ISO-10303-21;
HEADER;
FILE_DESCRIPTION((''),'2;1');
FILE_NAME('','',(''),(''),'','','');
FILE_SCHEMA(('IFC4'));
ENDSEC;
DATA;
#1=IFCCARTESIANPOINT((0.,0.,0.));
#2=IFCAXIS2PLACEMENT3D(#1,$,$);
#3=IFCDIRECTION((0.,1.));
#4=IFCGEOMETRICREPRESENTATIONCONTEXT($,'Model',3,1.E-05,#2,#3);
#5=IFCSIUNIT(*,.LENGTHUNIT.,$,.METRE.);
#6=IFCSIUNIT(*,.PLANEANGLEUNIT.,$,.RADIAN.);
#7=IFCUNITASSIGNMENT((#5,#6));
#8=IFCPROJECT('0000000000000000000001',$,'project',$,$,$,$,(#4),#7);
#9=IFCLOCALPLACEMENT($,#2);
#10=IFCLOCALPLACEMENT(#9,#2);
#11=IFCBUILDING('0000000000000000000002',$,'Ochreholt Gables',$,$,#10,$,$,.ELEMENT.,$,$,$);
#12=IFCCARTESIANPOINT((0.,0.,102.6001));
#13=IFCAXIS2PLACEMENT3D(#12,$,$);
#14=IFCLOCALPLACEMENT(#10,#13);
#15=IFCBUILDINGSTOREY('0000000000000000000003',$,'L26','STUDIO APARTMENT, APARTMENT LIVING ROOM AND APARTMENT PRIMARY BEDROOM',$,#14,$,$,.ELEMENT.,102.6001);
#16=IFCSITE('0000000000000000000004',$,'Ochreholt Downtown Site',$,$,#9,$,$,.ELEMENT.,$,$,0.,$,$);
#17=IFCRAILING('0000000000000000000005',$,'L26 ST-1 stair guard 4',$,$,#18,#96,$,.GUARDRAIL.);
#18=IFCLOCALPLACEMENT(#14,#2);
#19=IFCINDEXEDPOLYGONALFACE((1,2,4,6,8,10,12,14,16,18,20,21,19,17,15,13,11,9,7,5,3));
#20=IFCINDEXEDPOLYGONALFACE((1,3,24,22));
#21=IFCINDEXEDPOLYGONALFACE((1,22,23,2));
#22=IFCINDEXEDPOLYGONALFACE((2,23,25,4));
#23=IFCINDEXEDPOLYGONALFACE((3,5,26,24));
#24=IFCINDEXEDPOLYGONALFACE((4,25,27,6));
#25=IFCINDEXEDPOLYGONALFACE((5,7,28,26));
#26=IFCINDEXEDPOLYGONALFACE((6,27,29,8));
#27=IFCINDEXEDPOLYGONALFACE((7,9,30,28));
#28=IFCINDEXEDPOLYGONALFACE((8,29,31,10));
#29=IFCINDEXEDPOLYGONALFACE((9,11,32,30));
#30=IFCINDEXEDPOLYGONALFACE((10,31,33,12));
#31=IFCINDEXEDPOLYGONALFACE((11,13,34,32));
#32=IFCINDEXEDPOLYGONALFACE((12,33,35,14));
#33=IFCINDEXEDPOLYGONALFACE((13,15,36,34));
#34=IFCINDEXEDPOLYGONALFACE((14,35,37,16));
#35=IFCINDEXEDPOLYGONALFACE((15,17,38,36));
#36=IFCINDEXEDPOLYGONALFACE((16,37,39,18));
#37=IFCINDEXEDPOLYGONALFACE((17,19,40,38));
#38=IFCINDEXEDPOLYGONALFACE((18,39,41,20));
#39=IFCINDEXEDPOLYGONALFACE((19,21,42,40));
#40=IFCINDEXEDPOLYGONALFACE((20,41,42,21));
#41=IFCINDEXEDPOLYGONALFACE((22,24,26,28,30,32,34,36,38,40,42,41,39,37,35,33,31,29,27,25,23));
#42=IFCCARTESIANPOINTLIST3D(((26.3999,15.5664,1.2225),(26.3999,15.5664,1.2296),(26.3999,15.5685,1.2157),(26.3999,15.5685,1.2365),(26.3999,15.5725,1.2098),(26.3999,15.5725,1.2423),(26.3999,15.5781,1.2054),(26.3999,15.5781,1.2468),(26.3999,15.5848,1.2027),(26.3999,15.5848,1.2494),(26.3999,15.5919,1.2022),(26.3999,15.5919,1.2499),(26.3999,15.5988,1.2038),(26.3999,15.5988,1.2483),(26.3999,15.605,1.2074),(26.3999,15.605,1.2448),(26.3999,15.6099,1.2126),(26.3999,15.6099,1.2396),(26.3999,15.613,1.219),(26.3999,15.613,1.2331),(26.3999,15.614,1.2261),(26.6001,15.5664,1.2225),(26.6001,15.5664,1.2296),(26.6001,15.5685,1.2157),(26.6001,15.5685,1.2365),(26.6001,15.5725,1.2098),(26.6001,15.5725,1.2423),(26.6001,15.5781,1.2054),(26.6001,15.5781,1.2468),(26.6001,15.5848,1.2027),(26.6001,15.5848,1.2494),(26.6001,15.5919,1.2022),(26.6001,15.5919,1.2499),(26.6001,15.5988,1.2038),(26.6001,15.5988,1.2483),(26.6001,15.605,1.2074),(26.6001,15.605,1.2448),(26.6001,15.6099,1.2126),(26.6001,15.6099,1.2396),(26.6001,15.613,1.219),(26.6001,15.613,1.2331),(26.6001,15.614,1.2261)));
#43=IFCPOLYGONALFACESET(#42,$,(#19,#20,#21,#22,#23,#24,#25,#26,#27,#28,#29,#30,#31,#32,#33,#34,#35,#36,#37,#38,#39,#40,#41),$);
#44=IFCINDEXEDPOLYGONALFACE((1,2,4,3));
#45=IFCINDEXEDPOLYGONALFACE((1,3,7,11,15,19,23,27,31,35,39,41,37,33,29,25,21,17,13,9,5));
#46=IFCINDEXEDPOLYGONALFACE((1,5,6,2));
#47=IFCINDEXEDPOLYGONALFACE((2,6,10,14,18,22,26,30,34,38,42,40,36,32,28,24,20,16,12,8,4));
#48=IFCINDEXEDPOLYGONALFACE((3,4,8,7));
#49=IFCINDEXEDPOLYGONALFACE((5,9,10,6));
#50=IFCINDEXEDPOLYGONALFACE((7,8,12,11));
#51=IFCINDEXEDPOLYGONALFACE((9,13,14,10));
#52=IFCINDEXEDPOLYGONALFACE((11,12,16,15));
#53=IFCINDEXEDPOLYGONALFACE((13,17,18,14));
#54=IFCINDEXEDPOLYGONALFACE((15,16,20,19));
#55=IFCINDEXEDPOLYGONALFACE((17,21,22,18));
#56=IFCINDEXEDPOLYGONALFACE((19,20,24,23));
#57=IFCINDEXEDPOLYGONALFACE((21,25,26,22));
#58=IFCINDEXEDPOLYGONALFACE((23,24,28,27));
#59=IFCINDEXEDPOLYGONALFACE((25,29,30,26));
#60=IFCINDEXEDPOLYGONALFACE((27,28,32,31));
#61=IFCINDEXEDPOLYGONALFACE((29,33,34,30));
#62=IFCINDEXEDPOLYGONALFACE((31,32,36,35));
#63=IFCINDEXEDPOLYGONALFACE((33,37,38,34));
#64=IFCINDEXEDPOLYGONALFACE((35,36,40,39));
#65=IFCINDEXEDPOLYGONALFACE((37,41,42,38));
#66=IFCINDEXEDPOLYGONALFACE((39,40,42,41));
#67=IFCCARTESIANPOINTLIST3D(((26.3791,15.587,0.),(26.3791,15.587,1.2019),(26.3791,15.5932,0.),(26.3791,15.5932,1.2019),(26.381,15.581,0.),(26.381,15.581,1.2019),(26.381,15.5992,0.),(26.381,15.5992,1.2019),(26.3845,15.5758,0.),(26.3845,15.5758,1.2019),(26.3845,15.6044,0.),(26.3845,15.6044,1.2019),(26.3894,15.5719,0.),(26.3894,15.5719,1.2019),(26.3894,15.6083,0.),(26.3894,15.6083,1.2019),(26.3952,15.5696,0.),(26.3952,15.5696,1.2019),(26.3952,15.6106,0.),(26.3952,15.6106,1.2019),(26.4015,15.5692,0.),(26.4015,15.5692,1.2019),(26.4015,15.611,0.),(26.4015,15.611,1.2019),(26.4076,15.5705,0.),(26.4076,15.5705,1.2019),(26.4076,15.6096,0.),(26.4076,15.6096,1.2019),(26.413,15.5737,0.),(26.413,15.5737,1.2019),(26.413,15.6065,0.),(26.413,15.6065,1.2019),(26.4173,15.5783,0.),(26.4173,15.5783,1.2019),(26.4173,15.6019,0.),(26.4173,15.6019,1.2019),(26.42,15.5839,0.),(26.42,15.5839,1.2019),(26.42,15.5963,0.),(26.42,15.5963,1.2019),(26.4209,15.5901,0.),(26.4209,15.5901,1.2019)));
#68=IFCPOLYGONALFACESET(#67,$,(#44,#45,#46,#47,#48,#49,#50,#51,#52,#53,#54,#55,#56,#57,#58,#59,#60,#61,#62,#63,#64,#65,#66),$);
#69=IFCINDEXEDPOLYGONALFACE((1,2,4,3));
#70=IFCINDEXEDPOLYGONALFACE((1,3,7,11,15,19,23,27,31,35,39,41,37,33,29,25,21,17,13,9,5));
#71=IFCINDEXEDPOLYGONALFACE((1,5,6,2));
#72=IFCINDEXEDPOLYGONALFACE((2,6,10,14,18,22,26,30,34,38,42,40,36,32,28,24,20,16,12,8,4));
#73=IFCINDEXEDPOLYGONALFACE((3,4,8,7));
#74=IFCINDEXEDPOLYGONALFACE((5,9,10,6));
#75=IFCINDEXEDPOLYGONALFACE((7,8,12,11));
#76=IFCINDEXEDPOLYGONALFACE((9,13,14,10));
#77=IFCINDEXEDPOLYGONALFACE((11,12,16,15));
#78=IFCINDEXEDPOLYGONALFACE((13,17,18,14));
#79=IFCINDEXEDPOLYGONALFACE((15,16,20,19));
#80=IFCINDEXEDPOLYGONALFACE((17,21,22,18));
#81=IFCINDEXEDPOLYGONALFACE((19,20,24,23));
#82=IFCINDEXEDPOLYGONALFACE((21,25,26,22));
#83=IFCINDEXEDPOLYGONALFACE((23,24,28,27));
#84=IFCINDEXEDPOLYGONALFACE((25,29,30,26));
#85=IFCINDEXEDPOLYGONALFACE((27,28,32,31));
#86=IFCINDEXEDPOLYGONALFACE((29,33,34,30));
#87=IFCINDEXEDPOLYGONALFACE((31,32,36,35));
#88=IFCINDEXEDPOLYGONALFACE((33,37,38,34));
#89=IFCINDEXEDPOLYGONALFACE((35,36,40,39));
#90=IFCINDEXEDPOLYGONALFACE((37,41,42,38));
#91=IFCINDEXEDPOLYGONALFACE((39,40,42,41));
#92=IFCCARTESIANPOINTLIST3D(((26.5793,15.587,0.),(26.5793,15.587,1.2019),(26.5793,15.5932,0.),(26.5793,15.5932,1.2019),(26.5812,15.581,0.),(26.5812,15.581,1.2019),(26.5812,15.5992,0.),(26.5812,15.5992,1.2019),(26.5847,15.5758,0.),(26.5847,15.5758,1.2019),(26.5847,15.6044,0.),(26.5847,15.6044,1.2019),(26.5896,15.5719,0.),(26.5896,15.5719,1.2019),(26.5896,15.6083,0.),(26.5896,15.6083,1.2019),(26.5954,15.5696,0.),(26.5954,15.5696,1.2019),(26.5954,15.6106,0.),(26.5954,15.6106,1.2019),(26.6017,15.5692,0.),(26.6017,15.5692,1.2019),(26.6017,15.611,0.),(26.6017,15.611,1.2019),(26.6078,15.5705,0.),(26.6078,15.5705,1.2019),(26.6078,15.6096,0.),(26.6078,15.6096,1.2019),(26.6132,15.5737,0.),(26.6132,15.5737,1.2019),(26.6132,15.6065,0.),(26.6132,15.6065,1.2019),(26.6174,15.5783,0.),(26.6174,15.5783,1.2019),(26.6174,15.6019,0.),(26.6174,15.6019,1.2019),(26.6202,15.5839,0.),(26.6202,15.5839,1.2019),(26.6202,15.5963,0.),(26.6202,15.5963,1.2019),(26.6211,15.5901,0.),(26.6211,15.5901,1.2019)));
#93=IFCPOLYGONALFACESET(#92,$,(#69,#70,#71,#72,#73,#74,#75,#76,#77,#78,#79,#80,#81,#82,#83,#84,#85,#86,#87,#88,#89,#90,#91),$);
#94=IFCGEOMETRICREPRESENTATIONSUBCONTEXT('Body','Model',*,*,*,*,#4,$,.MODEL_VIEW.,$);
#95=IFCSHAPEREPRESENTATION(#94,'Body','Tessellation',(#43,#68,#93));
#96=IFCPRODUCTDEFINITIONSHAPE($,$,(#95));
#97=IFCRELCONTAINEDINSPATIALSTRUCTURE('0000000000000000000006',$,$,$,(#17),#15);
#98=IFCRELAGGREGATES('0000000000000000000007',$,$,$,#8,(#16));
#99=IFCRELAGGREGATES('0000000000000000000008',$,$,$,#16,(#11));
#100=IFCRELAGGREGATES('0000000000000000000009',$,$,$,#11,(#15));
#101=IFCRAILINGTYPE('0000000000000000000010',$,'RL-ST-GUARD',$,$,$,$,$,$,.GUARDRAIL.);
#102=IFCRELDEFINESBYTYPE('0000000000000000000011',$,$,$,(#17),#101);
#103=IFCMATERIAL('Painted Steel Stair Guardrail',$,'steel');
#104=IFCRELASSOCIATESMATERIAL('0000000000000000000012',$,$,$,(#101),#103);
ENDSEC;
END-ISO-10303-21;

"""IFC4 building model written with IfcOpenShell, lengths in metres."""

from ifc_helpers import new_model, si_unit, direction, frame, origin, origin_2d, place, context, subcontext, project, spatial, circle, extrude, material, type_object, element, save


model = new_model("IFC4")

# Units and contexts
model_context = context("Model", 3, precision=1e-05, world=origin(), true_north=direction((0.0, 1.0)))
body_context = subcontext(model_context, "Body", "Model", "MODEL_VIEW")
ifc_project = project(units=[si_unit("LENGTHUNIT", "METRE"), si_unit("PLANEANGLEUNIT", "RADIAN")], contexts=[model_context])

# Site, building, storey
site_placement = place(None, origin())
site = spatial("IfcSite", under=ifc_project, at=site_placement, Name="Ochreholt Downtown Site", CompositionType="ELEMENT", RefElevation=0.0)
building_placement = place(site_placement, origin())
building = spatial("IfcBuilding", under=site, at=building_placement, Name="Ochreholt Gables", CompositionType="ELEMENT")
storey_placement = place(building_placement, frame((0.0, 0.0, 102.6001)))
storey = spatial("IfcBuildingStorey", under=building, at=storey_placement, Name="L26", Description="STUDIO APARTMENT, APARTMENT LIVING ROOM AND APARTMENT PRIMARY BEDROOM", CompositionType="ELEMENT", Elevation=102.6001)

# Railing
ifc_material_1 = material(Name="Painted Steel Stair Guardrail", Category="steel")
railing_type_1 = type_object("IfcRailingType", Name="RL-ST-GUARD", PredefinedType="GUARDRAIL", material=ifc_material_1)
railing_1_placement = place(storey_placement, frame((26.3999, 15.5901, 0.0)))
element("IfcRailing", 1, at=railing_1_placement, inside=storey, type_object=railing_type_1, Name="L26 ST-1 stair guard 4", PredefinedType="GUARDRAIL", context=body_context, shape_type="SweptSolid", body=[
    extrude(circle(Radius=0.0239, at=origin_2d()), frame((0.0, 0.0, 1.2261), z_axis=(1.0, 0.0, 0.0), x_axis=(0.0, 1.0, 0.0)), (0.0, 0.0, 1.0), 0.2002),
    extrude(circle(Radius=0.021, at=origin_2d()), origin(), (0.0, 0.0, 1.0), 1.2019),
    extrude(circle(Radius=0.021, at=origin_2d()), frame((0.2002, 0.0, 0.0)), (0.0, 0.0, 1.0), 1.2019),
])

save(model, "model.ifc")
